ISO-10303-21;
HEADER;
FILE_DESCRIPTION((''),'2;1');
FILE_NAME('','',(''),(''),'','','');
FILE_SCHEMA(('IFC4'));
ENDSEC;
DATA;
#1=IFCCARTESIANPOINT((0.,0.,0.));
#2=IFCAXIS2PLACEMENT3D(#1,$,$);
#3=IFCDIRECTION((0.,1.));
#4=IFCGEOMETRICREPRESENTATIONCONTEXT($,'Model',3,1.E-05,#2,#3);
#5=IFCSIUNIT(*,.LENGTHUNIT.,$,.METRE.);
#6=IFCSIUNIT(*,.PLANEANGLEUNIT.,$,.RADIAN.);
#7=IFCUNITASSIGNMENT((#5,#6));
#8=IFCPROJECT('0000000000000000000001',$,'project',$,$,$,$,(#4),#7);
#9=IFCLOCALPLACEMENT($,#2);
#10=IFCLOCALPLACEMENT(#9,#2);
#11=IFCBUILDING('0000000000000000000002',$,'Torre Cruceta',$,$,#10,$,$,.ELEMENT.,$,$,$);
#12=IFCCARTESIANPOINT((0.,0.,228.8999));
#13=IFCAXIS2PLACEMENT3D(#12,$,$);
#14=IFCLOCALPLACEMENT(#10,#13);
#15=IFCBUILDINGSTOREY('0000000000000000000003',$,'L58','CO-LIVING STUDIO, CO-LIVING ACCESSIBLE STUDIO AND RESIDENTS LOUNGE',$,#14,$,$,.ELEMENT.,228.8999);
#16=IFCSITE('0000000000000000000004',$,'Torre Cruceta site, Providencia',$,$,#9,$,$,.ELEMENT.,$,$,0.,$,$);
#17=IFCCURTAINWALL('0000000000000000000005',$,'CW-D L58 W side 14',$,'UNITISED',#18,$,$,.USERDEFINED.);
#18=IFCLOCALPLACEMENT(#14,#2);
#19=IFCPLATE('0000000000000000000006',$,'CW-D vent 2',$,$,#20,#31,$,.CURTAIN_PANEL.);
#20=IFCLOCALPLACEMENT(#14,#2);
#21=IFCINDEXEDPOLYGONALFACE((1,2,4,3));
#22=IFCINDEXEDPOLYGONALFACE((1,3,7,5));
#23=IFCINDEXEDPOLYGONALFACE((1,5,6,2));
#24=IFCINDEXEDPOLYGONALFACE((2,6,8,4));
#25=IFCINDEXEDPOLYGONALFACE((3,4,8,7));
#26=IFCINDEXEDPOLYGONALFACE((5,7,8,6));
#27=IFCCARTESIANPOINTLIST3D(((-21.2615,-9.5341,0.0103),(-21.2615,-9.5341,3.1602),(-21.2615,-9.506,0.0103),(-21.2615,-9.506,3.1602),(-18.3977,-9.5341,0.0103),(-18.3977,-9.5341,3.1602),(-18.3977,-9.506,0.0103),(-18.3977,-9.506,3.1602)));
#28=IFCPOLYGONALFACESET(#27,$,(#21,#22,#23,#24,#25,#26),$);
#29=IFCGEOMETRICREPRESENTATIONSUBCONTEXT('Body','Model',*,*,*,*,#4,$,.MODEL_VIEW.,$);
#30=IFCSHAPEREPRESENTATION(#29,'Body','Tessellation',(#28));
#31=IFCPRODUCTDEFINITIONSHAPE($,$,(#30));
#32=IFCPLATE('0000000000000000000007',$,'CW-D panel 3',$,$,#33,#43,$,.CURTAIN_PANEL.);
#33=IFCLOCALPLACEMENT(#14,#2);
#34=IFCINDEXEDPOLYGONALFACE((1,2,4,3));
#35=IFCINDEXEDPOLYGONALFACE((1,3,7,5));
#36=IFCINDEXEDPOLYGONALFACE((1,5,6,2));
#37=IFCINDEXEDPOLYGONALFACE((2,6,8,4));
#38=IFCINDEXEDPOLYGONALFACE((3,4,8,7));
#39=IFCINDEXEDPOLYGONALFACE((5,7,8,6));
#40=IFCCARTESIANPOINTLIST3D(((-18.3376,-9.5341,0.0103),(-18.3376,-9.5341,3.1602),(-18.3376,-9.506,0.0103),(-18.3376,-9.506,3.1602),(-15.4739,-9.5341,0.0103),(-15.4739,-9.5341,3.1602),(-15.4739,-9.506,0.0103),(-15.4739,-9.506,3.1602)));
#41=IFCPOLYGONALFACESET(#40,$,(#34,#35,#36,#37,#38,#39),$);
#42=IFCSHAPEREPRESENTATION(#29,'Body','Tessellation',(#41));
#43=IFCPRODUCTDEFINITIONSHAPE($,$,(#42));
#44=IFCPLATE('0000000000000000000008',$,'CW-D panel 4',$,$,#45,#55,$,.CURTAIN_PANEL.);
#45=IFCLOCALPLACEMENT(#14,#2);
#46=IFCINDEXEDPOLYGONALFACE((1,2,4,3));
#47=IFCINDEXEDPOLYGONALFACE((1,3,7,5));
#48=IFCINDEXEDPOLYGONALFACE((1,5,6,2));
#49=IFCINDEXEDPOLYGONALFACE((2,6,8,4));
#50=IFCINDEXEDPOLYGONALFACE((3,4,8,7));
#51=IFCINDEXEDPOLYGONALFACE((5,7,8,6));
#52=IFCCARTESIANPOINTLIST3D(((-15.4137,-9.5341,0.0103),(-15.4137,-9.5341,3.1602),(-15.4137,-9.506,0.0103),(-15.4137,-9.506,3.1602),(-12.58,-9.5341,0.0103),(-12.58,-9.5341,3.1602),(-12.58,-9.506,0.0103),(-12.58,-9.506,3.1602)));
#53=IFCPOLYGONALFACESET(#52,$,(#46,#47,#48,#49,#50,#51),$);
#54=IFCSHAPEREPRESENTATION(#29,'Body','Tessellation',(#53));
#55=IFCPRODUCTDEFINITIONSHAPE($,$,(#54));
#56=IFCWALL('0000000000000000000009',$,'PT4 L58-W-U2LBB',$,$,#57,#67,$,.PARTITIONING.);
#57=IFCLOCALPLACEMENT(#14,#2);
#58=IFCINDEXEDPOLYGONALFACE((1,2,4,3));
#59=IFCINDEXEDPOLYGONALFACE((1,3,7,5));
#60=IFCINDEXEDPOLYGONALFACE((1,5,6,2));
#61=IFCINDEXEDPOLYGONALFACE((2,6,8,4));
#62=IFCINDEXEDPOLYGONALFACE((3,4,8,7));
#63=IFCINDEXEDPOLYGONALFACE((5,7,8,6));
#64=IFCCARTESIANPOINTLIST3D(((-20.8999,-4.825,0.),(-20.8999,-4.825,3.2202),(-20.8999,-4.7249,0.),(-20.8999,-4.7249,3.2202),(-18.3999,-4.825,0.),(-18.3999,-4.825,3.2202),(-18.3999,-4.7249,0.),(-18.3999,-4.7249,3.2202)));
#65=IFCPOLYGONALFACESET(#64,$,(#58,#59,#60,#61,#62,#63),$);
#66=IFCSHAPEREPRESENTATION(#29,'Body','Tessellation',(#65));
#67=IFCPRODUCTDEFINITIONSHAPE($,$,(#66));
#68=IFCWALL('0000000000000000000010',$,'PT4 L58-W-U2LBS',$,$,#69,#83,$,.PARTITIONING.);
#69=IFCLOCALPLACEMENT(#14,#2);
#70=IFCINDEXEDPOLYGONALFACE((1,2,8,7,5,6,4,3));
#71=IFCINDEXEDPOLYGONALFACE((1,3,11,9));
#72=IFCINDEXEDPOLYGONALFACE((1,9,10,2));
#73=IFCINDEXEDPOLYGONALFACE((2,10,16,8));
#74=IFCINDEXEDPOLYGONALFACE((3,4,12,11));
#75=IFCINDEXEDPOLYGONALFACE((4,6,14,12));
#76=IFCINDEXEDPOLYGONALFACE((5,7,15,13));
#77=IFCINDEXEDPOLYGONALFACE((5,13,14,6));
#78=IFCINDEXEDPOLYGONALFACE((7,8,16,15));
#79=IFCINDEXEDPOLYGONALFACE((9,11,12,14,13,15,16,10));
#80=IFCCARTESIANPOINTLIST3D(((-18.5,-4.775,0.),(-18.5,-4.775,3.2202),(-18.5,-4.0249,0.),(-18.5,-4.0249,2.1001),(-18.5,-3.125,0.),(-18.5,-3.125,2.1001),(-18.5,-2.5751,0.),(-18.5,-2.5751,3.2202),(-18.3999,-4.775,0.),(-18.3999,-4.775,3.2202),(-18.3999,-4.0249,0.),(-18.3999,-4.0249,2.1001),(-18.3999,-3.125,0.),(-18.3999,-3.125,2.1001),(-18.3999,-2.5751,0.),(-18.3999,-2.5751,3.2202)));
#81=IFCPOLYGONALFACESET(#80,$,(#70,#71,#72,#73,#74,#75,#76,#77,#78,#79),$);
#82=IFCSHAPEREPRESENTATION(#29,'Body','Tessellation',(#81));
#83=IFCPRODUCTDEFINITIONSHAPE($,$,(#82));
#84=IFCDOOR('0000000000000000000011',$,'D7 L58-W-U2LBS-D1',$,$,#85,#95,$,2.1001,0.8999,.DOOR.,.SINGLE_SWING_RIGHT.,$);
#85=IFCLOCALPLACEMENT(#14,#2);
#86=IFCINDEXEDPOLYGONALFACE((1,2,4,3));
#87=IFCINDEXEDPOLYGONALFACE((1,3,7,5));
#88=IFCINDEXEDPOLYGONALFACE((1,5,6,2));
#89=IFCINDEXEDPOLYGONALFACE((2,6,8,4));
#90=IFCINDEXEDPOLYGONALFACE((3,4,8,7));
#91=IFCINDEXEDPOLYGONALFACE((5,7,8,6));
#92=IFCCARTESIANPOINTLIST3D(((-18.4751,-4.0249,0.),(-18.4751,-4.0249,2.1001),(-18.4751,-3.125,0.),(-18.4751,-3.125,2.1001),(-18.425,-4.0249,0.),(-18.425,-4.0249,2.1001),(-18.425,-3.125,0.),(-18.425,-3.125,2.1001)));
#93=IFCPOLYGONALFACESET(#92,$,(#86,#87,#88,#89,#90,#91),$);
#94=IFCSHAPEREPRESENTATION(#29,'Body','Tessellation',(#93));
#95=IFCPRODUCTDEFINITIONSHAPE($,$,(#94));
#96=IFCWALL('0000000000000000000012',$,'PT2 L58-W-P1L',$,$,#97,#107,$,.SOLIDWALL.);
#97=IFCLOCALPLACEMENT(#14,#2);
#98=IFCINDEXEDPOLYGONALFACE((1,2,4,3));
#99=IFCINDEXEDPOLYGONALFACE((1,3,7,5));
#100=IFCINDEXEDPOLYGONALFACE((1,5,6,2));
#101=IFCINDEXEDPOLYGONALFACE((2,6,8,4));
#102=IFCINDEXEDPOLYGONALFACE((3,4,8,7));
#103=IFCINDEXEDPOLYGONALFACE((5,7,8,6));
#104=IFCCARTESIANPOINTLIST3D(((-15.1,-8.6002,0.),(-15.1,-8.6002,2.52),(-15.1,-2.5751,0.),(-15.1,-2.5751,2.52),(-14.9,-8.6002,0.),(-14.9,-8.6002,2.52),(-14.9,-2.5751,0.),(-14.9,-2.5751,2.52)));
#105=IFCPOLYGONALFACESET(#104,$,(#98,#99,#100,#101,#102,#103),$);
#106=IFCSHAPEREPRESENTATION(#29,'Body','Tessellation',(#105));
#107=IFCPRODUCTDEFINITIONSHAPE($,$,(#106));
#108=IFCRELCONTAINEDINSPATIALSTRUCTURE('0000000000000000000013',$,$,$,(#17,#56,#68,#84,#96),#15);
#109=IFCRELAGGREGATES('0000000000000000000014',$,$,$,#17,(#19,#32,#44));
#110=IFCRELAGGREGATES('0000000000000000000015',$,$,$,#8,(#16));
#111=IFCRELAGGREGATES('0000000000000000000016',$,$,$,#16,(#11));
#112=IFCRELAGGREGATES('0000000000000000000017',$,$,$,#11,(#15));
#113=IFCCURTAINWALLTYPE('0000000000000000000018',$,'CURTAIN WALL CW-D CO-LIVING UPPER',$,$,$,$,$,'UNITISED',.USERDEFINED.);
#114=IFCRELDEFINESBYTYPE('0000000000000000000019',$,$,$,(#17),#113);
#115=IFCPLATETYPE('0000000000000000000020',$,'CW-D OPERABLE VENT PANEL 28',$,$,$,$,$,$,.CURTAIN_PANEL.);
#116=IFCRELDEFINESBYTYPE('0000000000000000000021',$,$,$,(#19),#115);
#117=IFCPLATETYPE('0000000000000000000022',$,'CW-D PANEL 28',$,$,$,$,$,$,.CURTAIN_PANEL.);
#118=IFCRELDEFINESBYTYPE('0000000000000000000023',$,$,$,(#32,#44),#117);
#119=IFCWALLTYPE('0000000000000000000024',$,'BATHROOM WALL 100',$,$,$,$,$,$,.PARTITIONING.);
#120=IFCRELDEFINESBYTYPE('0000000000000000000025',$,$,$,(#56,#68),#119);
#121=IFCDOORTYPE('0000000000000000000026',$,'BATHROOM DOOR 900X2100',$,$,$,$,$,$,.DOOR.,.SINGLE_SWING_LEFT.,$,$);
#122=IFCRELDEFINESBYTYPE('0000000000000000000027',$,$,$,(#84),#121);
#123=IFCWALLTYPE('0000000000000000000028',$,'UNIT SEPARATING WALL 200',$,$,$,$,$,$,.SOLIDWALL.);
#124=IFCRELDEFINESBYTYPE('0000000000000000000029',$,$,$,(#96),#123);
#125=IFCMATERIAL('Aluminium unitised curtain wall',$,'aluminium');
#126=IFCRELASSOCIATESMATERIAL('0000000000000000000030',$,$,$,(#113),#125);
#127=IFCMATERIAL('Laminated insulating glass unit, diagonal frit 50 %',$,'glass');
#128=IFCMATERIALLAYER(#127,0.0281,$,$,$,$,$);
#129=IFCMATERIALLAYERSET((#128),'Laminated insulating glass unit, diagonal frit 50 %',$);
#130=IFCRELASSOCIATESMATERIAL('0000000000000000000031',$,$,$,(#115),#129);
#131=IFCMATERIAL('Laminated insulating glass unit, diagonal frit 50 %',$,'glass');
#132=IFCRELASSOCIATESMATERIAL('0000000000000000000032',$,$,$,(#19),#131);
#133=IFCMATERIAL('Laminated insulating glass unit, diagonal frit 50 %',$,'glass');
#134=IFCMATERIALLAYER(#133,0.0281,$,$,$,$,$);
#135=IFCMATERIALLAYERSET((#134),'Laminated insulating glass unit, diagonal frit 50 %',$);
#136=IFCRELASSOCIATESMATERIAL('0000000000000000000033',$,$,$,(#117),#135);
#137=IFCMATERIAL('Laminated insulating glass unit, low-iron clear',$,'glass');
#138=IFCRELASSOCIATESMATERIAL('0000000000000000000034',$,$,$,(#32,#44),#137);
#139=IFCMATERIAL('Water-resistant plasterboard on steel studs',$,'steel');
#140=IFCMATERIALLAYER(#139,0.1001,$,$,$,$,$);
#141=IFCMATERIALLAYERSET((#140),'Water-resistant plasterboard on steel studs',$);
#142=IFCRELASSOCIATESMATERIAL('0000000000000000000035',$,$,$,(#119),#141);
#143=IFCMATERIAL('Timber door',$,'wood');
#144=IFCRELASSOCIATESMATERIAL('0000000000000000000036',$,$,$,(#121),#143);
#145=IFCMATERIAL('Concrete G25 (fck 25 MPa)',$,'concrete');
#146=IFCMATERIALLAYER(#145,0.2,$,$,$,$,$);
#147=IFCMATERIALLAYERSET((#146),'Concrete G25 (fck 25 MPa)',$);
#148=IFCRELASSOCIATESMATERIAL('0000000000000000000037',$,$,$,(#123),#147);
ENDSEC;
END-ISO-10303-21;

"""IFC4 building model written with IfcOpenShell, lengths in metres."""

from ifc_helpers import new_model, si_unit, direction, frame, frame_2d, origin, origin_2d, place, context, subcontext, project, spatial, rectangle, extrude, material, layer, layer_set, type_object, element, fill, aggregate, save


model = new_model("IFC4")

# Units and contexts
model_context = context("Model", 3, precision=1e-05, world=origin(), true_north=direction((0.0, 1.0)))
body_context = subcontext(model_context, "Body", "Model", "MODEL_VIEW")
ifc_project = project(units=[si_unit("LENGTHUNIT", "METRE"), si_unit("PLANEANGLEUNIT", "RADIAN")], contexts=[model_context])

# Site, building, storey
site_placement = place(None, origin())
site = spatial("IfcSite", under=ifc_project, at=site_placement, Name="Torre Cruceta site, Providencia", CompositionType="ELEMENT", RefElevation=0.0)
building_placement = place(site_placement, origin())
building = spatial("IfcBuilding", under=site, at=building_placement, Name="Torre Cruceta", CompositionType="ELEMENT")
storey_placement = place(building_placement, frame((0.0, 0.0, 228.8999)))
storey = spatial("IfcBuildingStorey", under=building, at=storey_placement, Name="L58", Description="CO-LIVING STUDIO, CO-LIVING ACCESSIBLE STUDIO AND RESIDENTS LOUNGE", CompositionType="ELEMENT", Elevation=228.8999)

# Curtain wall
ifc_material_1 = material(Name="Aluminium unitised curtain wall", Category="aluminium")
curtain_wall_type = type_object("IfcCurtainWallType", Name="CURTAIN WALL CW-D CO-LIVING UPPER", ElementType="UNITISED", PredefinedType="USERDEFINED", material=ifc_material_1)
curtain_wall_placement = place(storey_placement, origin())
curtain_wall = element("IfcCurtainWall", 1, at=curtain_wall_placement, inside=storey, type_object=curtain_wall_type, Name="CW-D L58 W side 14", ObjectType="UNITISED", PredefinedType="USERDEFINED")

# Plates
ifc_material_2 = material(Name="Laminated insulating glass unit, diagonal frit 50 %", Category="glass")
ifc_material_3 = material(Name="Laminated insulating glass unit, diagonal frit 50 %", Category="glass")
ifc_layer_1 = layer(ifc_material_3, 0.0281)
ifc_layer_set_1 = layer_set([ifc_layer_1], Name="Laminated insulating glass unit, diagonal frit 50 %")
plate_type_1 = type_object("IfcPlateType", Name="CW-D OPERABLE VENT PANEL 28", PredefinedType="CURTAIN_PANEL", material=ifc_layer_set_1)
plate_1_placement = place(storey_placement, frame((-19.8296, -9.52, 0.0103), z_axis=(0.0, 0.0, 1.0), x_axis=(1.0, 0.0, 0.0)))
plate_1 = element("IfcPlate", 2, at=plate_1_placement, type_object=plate_type_1, material=ifc_material_2, Name="CW-D vent 2", PredefinedType="CURTAIN_PANEL", context=body_context, shape_type="SweptSolid", body=[
    extrude(rectangle(XDim=2.8638, YDim=0.0281, at=origin_2d()), origin(), (0.0, 0.0, 1.0), 3.1499),
])
ifc_material_4 = material(Name="Laminated insulating glass unit, low-iron clear", Category="glass")
ifc_material_5 = material(Name="Laminated insulating glass unit, diagonal frit 50 %", Category="glass")
ifc_layer_2 = layer(ifc_material_5, 0.0281)
ifc_layer_set_2 = layer_set([ifc_layer_2], Name="Laminated insulating glass unit, diagonal frit 50 %")
plate_type_2 = type_object("IfcPlateType", Name="CW-D PANEL 28", PredefinedType="CURTAIN_PANEL", material=ifc_layer_set_2)
plate_2_placement = place(storey_placement, frame((-16.9058, -9.52, 0.0103), z_axis=(0.0, 0.0, 1.0), x_axis=(1.0, 0.0, 0.0)))
plate_2 = element("IfcPlate", 3, at=plate_2_placement, type_object=plate_type_2, material=ifc_material_4, Name="CW-D panel 3", PredefinedType="CURTAIN_PANEL", context=body_context, shape_type="SweptSolid", body=[
    extrude(rectangle(XDim=2.8638, YDim=0.0281, at=origin_2d()), origin(), (0.0, 0.0, 1.0), 3.1499),
])
plate_3_placement = place(storey_placement, frame((-13.9968, -9.52, 0.0103), z_axis=(0.0, 0.0, 1.0), x_axis=(1.0, 0.0, 0.0)))
plate_3 = element("IfcPlate", 4, at=plate_3_placement, type_object=plate_type_2, material=ifc_material_4, Name="CW-D panel 4", PredefinedType="CURTAIN_PANEL", context=body_context, shape_type="SweptSolid", body=[
    extrude(rectangle(XDim=2.8337, YDim=0.0281, at=origin_2d()), origin(), (0.0, 0.0, 1.0), 3.1499),
])
aggregate(curtain_wall, [plate_1, plate_2, plate_3])

# Wall
ifc_material_6 = material(Name="Water-resistant plasterboard on steel studs", Category="steel")
ifc_layer_3 = layer(ifc_material_6, 0.1001)
ifc_layer_set_3 = layer_set([ifc_layer_3], Name="Water-resistant plasterboard on steel studs")
wall_type_1 = type_object("IfcWallType", Name="BATHROOM WALL 100", PredefinedType="PARTITIONING", material=ifc_layer_set_3)
wall_1_placement = place(storey_placement, frame((-18.3999, -4.7749, 0.0), z_axis=(0.0, 0.0, 1.0), x_axis=(-1.0, 0.0, 0.0)))
element("IfcWall", 5, at=wall_1_placement, inside=storey, type_object=wall_type_1, Name="PT4 L58-W-U2LBB", PredefinedType="PARTITIONING", context=body_context, shape_type="SweptSolid", body=[
    extrude(rectangle(XDim=2.5, YDim=0.1001, at=frame_2d((1.25, 0.0))), origin(), (0.0, 0.0, 1.0), 3.2202),
])

# Wall, opening, door
wall_2_placement = place(storey_placement, frame((-18.45, -2.575, 0.0), z_axis=(0.0, 0.0, 1.0), x_axis=(0.0, -1.0, 0.0)))
wall_2 = element("IfcWall", 6, at=wall_2_placement, inside=storey, type_object=wall_type_1, Name="PT4 L58-W-U2LBS", PredefinedType="PARTITIONING", context=body_context, shape_type="SweptSolid", body=[
    extrude(rectangle(XDim=2.2, YDim=0.1001, at=frame_2d((1.1001, 0.0))), origin(), (0.0, 0.0, 1.0), 3.2202),
])
opening_placement = place(wall_2_placement, frame((0.55, 0.0, 0.0)))
opening = element("IfcOpeningElement", 7, at=opening_placement, cuts=wall_2, PredefinedType="OPENING", context=body_context, shape_type="SweptSolid", body=[
    extrude(rectangle(XDim=0.8999, YDim=2.1001, at=frame_2d((0.45, 1.05))), frame((0.0, 0.0601, 0.0), z_axis=(0.0, -1.0, 0.0), x_axis=(1.0, 0.0, 0.0)), (0.0, 0.0, 1.0), 0.1201),
])
ifc_material_7 = material(Name="Timber door", Category="wood")
door_type = type_object("IfcDoorType", Name="BATHROOM DOOR 900X2100", OperationType="SINGLE_SWING_LEFT", PredefinedType="DOOR", material=ifc_material_7)
door_placement = place(opening_placement, frame((0.8999, 0.0, 0.0), z_axis=(0.0, 0.0, 1.0), x_axis=(-1.0, 0.0, 0.0)))
door = element("IfcDoor", 8, at=door_placement, inside=storey, type_object=door_type, Name="D7 L58-W-U2LBS-D1", OperationType="SINGLE_SWING_RIGHT", OverallHeight=2.1001, OverallWidth=0.8999, PredefinedType="DOOR", context=body_context, shape_type="SweptSolid", body=[
    extrude(rectangle(XDim=0.8999, YDim=2.1001, at=frame_2d((0.45, 1.05))), frame((0.0, 0.0251, 0.0), z_axis=(0.0, -1.0, 0.0), x_axis=(1.0, 0.0, 0.0)), (0.0, 0.0, 1.0), 0.05),
])
fill(opening, door)

# Wall
ifc_material_8 = material(Name="Concrete G25 (fck 25 MPa)", Category="concrete")
ifc_layer_4 = layer(ifc_material_8, 0.2)
ifc_layer_set_4 = layer_set([ifc_layer_4], Name="Concrete G25 (fck 25 MPa)")
wall_type_2 = type_object("IfcWallType", Name="UNIT SEPARATING WALL 200", PredefinedType="SOLIDWALL", material=ifc_layer_set_4)
wall_3_placement = place(storey_placement, frame((-15.0, -2.575, 0.0), z_axis=(0.0, 0.0, 1.0), x_axis=(0.0, -1.0, 0.0)))
element("IfcWall", 9, at=wall_3_placement, inside=storey, type_object=wall_type_2, Name="PT2 L58-W-P1L", PredefinedType="SOLIDWALL", context=body_context, shape_type="SweptSolid", body=[
    extrude(rectangle(XDim=6.0251, YDim=0.2, at=frame_2d((3.0127, 0.0))), origin(), (0.0, 0.0, 1.0), 2.52),
])

save(model, "model.ifc")
